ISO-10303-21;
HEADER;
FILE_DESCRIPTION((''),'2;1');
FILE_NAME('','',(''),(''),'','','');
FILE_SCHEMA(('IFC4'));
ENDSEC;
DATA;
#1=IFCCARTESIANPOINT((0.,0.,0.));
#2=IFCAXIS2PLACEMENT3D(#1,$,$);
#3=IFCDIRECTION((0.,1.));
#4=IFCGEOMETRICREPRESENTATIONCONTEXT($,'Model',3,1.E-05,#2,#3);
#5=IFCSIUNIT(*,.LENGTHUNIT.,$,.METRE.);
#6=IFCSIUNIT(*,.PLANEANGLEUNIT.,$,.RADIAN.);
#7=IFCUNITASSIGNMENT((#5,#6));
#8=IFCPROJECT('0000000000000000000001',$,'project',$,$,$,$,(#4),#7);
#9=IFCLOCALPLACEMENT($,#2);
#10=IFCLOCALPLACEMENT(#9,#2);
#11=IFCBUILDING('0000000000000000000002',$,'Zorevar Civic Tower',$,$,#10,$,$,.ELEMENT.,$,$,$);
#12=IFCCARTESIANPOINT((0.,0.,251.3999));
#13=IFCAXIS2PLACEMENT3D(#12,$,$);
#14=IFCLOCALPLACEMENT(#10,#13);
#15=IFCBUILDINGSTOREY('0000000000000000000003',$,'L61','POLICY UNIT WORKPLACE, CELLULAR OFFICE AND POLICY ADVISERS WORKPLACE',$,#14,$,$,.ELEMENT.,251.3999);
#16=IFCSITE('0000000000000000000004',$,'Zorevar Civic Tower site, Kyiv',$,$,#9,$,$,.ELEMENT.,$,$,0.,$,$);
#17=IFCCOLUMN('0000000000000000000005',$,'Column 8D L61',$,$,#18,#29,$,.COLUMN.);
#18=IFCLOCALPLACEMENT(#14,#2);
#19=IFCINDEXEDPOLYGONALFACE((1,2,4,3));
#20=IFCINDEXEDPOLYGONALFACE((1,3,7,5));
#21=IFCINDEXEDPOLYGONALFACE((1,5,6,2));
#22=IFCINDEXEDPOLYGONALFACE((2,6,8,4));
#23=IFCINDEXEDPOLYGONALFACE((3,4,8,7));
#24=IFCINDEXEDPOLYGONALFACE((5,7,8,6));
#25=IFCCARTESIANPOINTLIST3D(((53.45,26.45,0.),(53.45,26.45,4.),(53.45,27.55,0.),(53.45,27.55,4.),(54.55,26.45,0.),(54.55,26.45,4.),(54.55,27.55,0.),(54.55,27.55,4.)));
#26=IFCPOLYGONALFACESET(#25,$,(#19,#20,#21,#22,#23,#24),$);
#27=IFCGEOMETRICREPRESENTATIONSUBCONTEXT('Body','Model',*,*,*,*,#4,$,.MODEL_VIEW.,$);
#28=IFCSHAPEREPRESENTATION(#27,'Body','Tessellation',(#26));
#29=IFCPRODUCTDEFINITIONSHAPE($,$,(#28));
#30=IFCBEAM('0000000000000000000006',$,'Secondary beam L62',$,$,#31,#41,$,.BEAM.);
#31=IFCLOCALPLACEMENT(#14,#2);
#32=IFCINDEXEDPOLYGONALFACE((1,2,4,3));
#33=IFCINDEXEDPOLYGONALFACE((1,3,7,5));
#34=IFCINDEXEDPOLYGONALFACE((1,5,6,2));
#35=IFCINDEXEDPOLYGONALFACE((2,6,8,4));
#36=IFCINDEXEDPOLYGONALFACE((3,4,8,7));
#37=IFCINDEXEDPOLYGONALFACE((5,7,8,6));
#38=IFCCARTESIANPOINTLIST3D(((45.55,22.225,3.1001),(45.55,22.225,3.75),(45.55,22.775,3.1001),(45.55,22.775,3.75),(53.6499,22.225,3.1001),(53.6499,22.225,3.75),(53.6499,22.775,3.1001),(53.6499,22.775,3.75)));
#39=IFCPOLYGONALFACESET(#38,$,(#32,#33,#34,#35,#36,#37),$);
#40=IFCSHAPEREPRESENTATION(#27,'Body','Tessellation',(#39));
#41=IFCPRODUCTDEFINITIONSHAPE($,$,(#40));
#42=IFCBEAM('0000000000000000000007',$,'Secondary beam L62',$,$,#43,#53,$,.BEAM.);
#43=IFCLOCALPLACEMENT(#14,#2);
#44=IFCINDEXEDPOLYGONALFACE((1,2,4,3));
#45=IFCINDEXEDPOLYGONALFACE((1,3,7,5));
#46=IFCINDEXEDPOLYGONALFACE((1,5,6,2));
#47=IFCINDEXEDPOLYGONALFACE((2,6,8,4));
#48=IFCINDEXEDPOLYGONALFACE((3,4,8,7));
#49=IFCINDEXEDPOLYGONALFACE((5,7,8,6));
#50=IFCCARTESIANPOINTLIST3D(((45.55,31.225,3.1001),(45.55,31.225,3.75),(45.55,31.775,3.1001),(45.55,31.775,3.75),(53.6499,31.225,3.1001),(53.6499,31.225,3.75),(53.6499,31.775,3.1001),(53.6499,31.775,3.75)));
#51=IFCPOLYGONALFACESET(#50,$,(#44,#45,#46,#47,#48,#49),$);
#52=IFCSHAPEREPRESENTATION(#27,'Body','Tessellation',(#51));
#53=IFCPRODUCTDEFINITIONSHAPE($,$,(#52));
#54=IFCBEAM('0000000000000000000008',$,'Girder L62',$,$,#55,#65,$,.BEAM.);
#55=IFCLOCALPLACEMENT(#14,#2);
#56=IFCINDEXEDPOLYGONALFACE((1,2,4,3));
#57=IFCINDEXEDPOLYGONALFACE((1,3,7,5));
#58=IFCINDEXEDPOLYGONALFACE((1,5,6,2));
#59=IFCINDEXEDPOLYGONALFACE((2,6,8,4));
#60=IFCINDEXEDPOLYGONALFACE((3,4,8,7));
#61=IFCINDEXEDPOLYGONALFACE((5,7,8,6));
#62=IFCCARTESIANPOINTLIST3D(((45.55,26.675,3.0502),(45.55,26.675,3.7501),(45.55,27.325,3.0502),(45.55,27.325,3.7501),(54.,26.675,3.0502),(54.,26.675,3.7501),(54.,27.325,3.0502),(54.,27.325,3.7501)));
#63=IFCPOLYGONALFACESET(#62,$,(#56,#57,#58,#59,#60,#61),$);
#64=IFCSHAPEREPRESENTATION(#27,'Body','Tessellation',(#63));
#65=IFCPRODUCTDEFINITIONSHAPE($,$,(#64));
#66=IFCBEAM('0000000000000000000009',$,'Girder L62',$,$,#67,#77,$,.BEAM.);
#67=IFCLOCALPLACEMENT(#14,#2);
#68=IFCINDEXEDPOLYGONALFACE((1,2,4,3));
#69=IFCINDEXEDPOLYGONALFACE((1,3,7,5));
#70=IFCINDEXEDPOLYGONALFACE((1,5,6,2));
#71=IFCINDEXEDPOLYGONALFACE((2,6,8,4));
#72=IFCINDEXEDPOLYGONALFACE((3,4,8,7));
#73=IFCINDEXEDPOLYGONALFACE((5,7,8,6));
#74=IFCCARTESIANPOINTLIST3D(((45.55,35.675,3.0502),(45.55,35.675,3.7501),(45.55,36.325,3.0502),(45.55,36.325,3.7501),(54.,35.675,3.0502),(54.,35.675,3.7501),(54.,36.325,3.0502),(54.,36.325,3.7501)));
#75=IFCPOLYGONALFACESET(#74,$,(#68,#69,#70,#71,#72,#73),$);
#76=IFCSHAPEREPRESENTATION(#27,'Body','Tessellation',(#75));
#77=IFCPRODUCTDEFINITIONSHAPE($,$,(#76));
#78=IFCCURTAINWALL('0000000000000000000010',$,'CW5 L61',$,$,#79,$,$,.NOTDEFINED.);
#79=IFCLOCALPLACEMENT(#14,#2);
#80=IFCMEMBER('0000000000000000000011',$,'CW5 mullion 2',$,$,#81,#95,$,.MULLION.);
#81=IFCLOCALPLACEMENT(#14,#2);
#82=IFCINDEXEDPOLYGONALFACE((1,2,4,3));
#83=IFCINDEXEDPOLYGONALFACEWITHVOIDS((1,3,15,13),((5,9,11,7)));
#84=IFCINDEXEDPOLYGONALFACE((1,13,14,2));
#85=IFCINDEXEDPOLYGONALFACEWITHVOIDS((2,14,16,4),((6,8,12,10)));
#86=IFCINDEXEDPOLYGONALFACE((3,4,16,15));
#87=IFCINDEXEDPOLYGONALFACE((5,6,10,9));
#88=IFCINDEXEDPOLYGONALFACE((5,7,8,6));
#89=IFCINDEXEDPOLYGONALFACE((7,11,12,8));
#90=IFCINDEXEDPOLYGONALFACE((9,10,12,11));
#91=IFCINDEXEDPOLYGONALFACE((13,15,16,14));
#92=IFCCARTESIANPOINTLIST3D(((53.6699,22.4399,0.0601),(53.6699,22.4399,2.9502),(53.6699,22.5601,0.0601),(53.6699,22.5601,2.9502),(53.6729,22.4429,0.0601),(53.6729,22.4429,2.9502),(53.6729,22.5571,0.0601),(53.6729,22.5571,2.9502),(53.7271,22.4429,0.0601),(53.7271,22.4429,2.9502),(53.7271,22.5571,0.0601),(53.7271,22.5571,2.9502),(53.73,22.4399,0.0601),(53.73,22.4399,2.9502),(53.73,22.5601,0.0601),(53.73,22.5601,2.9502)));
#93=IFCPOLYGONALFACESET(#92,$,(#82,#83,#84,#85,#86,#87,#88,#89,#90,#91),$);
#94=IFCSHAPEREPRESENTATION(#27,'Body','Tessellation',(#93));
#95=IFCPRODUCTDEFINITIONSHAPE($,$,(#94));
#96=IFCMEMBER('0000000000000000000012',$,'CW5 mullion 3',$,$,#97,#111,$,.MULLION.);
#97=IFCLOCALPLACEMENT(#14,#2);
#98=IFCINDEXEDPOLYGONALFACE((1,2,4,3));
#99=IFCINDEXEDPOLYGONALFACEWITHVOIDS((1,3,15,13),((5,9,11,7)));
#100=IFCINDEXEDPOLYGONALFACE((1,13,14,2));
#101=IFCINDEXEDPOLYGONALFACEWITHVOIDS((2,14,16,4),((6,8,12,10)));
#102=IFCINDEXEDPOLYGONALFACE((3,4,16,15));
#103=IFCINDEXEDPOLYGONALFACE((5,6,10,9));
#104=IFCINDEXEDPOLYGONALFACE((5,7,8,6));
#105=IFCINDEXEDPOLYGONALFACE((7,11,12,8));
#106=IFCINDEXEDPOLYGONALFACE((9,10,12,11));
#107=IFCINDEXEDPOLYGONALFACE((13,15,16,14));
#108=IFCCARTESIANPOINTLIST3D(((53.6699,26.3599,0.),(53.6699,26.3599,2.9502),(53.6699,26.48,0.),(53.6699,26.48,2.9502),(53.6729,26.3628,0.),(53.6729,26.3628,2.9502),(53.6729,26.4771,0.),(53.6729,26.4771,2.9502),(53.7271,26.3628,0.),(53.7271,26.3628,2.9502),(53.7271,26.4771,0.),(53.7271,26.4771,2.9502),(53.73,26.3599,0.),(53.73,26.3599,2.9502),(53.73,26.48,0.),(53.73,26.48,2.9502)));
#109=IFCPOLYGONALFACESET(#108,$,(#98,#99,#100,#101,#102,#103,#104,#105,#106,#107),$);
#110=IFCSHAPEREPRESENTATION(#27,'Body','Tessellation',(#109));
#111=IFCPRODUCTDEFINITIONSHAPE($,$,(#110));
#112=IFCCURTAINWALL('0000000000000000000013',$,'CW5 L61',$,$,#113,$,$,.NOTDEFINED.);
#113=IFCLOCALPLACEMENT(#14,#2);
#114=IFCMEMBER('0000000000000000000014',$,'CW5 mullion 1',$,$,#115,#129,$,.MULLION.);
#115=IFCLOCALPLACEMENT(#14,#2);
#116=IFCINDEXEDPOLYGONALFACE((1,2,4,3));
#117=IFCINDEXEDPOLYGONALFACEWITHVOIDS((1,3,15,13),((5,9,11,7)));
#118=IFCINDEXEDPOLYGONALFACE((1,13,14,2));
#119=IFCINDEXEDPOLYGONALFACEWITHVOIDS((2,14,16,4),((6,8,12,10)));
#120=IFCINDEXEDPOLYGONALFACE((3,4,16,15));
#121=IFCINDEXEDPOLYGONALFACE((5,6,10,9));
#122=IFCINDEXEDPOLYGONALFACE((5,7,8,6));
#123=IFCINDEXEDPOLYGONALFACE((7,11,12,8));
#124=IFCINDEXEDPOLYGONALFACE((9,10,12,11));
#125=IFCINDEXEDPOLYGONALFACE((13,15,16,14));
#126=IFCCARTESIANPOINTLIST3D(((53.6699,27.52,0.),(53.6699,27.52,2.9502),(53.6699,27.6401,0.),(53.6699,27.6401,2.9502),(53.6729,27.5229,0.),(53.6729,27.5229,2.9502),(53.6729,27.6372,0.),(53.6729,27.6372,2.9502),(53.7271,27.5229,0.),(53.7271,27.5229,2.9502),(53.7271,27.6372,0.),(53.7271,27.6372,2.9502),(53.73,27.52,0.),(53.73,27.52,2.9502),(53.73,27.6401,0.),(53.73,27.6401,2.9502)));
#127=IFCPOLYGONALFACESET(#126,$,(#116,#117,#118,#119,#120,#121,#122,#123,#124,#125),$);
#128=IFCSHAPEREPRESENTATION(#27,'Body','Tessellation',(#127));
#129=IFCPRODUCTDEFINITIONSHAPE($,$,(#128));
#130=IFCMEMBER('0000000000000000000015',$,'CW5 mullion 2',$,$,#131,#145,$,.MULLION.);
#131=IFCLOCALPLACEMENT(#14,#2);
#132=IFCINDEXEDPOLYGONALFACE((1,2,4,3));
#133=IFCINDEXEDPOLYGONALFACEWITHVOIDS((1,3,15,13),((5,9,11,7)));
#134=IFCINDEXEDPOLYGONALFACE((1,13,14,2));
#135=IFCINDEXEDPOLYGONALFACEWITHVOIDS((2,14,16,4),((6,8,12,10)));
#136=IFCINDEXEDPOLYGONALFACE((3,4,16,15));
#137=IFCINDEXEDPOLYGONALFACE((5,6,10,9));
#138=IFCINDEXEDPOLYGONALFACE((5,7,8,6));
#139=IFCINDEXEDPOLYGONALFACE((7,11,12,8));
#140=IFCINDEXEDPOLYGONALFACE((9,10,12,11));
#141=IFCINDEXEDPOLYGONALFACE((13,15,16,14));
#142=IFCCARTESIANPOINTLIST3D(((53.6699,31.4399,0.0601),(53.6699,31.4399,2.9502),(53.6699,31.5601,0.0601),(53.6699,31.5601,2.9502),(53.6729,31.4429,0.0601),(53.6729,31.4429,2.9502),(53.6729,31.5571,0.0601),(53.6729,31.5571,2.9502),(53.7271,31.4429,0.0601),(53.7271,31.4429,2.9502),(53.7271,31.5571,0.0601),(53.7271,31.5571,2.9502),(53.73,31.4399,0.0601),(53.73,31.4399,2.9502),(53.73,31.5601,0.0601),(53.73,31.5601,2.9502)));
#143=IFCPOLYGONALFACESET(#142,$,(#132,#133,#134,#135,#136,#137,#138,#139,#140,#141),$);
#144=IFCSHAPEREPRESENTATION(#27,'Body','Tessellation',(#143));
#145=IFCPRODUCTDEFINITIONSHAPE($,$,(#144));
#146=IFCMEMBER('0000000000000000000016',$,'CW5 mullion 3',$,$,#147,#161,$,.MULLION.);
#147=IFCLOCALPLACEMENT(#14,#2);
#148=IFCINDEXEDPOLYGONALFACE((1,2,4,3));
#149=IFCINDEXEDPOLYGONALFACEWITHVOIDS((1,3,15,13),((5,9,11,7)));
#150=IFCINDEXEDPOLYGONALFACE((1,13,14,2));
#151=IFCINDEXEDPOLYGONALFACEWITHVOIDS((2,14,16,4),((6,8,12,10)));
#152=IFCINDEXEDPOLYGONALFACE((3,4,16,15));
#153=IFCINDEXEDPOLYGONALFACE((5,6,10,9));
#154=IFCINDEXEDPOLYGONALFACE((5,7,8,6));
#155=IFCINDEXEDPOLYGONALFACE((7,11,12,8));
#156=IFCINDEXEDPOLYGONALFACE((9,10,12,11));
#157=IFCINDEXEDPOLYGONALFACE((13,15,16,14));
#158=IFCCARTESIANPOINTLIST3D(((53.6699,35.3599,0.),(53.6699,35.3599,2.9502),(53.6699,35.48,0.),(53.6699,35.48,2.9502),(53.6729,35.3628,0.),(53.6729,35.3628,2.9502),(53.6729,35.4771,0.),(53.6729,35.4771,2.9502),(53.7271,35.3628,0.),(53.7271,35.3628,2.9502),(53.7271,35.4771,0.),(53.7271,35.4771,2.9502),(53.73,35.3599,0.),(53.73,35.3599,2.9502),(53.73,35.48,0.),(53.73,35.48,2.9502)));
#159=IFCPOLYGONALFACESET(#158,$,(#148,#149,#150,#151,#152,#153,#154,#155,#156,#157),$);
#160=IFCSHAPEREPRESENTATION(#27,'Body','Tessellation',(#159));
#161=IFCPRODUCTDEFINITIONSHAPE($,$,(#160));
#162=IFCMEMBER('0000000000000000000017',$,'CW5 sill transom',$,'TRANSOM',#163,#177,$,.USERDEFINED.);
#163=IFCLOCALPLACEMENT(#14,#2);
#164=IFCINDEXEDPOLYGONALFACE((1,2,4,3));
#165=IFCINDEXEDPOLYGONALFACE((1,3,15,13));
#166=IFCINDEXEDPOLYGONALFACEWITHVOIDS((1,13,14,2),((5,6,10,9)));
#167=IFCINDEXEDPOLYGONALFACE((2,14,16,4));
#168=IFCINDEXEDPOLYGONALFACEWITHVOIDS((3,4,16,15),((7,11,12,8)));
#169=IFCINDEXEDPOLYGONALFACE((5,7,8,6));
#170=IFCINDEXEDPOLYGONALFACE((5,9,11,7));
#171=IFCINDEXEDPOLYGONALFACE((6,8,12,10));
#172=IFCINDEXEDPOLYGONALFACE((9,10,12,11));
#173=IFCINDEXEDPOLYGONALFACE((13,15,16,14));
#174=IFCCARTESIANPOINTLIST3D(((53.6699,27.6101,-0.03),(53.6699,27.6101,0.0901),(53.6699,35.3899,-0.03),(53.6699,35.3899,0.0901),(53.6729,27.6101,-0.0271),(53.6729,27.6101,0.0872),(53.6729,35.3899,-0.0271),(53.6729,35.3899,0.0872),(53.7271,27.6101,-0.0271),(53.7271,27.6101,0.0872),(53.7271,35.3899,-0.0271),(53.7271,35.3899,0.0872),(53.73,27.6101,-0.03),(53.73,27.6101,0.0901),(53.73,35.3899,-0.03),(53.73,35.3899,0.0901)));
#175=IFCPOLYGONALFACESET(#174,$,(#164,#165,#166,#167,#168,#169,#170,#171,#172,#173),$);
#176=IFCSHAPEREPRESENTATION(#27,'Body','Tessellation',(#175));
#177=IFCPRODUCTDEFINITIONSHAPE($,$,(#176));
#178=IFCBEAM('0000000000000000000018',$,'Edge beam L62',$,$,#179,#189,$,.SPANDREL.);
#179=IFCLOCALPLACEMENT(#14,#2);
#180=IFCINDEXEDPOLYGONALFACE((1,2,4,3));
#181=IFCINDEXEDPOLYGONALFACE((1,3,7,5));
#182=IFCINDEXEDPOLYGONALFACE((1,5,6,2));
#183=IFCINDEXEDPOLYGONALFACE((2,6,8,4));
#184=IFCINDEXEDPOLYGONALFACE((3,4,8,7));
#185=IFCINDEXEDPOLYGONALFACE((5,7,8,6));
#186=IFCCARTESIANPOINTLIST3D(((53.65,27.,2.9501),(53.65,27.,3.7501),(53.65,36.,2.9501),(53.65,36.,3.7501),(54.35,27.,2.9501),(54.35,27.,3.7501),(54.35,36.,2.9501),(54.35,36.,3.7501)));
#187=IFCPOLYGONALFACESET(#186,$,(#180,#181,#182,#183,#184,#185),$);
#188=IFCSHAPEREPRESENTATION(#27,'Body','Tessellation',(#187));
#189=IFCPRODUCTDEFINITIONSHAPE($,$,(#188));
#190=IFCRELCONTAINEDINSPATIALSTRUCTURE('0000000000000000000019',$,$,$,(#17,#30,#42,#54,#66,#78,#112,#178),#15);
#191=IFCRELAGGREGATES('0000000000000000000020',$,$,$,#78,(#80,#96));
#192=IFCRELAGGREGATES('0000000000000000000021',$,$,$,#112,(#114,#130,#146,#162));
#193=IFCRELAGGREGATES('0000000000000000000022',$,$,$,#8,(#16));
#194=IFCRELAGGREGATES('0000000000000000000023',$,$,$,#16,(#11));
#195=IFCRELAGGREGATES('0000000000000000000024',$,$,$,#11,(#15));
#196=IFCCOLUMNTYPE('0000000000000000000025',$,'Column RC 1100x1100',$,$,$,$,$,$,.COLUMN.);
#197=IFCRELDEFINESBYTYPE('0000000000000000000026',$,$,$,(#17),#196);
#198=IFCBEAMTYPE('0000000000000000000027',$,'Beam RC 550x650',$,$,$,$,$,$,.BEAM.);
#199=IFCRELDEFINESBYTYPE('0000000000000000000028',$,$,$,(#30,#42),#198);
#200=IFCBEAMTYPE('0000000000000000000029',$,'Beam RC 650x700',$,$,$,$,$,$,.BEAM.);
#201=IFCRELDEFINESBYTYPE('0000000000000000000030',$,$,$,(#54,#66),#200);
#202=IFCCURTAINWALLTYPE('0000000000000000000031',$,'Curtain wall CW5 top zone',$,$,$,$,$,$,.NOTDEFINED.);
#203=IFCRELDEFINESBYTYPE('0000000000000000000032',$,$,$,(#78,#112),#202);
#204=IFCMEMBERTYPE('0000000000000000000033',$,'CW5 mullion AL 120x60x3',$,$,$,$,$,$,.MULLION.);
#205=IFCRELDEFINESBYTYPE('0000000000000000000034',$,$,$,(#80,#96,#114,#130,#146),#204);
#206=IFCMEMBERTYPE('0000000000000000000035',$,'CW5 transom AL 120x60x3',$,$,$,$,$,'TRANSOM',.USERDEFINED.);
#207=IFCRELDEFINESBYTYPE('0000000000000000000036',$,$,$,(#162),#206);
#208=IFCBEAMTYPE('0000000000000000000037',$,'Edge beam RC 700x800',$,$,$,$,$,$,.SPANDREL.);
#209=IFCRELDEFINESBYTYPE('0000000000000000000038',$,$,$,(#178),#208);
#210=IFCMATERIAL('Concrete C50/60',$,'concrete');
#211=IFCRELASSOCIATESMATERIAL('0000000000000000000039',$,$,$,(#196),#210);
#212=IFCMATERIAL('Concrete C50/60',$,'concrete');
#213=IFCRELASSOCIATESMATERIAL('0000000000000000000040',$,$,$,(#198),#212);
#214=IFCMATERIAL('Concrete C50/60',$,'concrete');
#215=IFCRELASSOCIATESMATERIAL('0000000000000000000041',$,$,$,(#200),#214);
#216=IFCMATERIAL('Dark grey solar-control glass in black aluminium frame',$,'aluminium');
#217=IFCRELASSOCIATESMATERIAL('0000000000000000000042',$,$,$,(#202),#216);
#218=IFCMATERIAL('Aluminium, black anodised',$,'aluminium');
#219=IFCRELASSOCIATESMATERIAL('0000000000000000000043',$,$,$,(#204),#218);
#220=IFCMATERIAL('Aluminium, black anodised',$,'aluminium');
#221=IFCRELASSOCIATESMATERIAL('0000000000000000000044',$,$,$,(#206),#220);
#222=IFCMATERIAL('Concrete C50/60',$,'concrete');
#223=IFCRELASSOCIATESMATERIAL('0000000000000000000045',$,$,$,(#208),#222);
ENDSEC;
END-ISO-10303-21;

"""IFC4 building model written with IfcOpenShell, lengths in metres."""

from ifc_helpers import new_model, si_unit, direction, frame, origin, origin_2d, place, context, subcontext, project, spatial, rectangle, hollow_rectangle, extrude, material, material_profile, profile_set, type_object, element, aggregate, save


model = new_model("IFC4")

# Units and contexts
model_context = context("Model", 3, precision=1e-05, world=origin(), true_north=direction((0.0, 1.0)))
body_context = subcontext(model_context, "Body", "Model", "MODEL_VIEW")
ifc_project = project(units=[si_unit("LENGTHUNIT", "METRE"), si_unit("PLANEANGLEUNIT", "RADIAN")], contexts=[model_context])

# Site, building, storey
site_placement = place(None, origin())
site = spatial("IfcSite", under=ifc_project, at=site_placement, Name="Zorevar Civic Tower site, Kyiv", CompositionType="ELEMENT", RefElevation=0.0)
building_placement = place(site_placement, origin())
building = spatial("IfcBuilding", under=site, at=building_placement, Name="Zorevar Civic Tower", CompositionType="ELEMENT")
storey_placement = place(building_placement, frame((0.0, 0.0, 251.3999)))
storey = spatial("IfcBuildingStorey", under=building, at=storey_placement, Name="L61", Description="POLICY UNIT WORKPLACE, CELLULAR OFFICE AND POLICY ADVISERS WORKPLACE", CompositionType="ELEMENT", Elevation=251.3999)

# Column
ifc_material_1 = material(Name="Concrete C50/60", Category="concrete")
ifc_material_profile_1 = material_profile(ifc_material_1, rectangle(XDim=1.1001, YDim=1.1001, at=origin_2d()), Name="RC 1100x1100")
ifc_profile_set_1 = profile_set([ifc_material_profile_1], Name="Concrete C50/60")
column_type = type_object("IfcColumnType", Name="Column RC 1100x1100", PredefinedType="COLUMN", material=ifc_profile_set_1)
column_placement = place(storey_placement, frame((54.0, 27.0, 0.0), z_axis=(0.0, 0.0, 1.0), x_axis=(1.0, 0.0, 0.0)))
element("IfcColumn", 1, at=column_placement, inside=storey, type_object=column_type, Name="Column 8D L61", PredefinedType="COLUMN", context=body_context, shape_type="SweptSolid", body=[
    extrude(rectangle(XDim=1.1001, YDim=1.1001, at=origin_2d()), origin(), (0.0, 0.0, 1.0), 4.0),
])

# Beams
ifc_material_2 = material(Name="Concrete C50/60", Category="concrete")
ifc_material_profile_2 = material_profile(ifc_material_2, rectangle(XDim=0.55, YDim=0.6499, at=origin_2d()), Name="RC 550x650")
ifc_profile_set_2 = profile_set([ifc_material_profile_2], Name="Concrete C50/60")
beam_type_1 = type_object("IfcBeamType", Name="Beam RC 550x650", PredefinedType="BEAM", material=ifc_profile_set_2)
for number, where, z_axis, x_axis, name in (
    (2, (45.55, 22.5, 3.425), (1.0, 0.0, 0.0), (0.0, 1.0, 0.0), "Secondary beam L62"),
    (3, (45.55, 31.5, 3.425), (1.0, 0.0, 0.0), (0.0, 1.0, 0.0), "Secondary beam L62"),
):
    element("IfcBeam", number, at=place(storey_placement, frame(where, z_axis=z_axis, x_axis=x_axis)), inside=storey, type_object=beam_type_1, Name=name, PredefinedType="BEAM", context=body_context, shape_type="SweptSolid", body=[
        extrude(rectangle(XDim=0.55, YDim=0.6499, at=origin_2d()), origin(), (0.0, 0.0, 1.0), 8.0999),
    ])
ifc_material_3 = material(Name="Concrete C50/60", Category="concrete")
ifc_material_profile_3 = material_profile(ifc_material_3, rectangle(XDim=0.6499, YDim=0.7, at=origin_2d()), Name="RC 650x700")
ifc_profile_set_3 = profile_set([ifc_material_profile_3], Name="Concrete C50/60")
beam_type_2 = type_object("IfcBeamType", Name="Beam RC 650x700", PredefinedType="BEAM", material=ifc_profile_set_3)
for number, where, z_axis, x_axis, name in (
    (4, (45.55, 27.0, 3.4001), (1.0, 0.0, 0.0), (0.0, 1.0, 0.0), "Girder L62"),
    (5, (45.55, 36.0, 3.4001), (1.0, 0.0, 0.0), (0.0, 1.0, 0.0), "Girder L62"),
):
    element("IfcBeam", number, at=place(storey_placement, frame(where, z_axis=z_axis, x_axis=x_axis)), inside=storey, type_object=beam_type_2, Name=name, PredefinedType="BEAM", context=body_context, shape_type="SweptSolid", body=[
        extrude(rectangle(XDim=0.6499, YDim=0.7, at=origin_2d()), origin(), (0.0, 0.0, 1.0), 8.45),
    ])

# Curtain walls, members
ifc_material_4 = material(Name="Dark grey solar-control glass in black aluminium frame", Category="aluminium")
curtain_wall_type = type_object("IfcCurtainWallType", Name="Curtain wall CW5 top zone", PredefinedType="NOTDEFINED", material=ifc_material_4)
curtain_wall_1_placement = place(storey_placement, origin())
curtain_wall_1 = element("IfcCurtainWall", 6, at=curtain_wall_1_placement, inside=storey, type_object=curtain_wall_type, Name="CW5 L61", PredefinedType="NOTDEFINED")
ifc_material_5 = material(Name="Aluminium, black anodised", Category="aluminium")
ifc_material_profile_4 = material_profile(ifc_material_5, hollow_rectangle(XDim=0.0601, YDim=0.1201, WallThickness=0.0029, at=origin_2d()), Name="AL 120x60x3")
ifc_profile_set_4 = profile_set([ifc_material_profile_4], Name="Aluminium, black anodised")
member_type_1 = type_object("IfcMemberType", Name="CW5 mullion AL 120x60x3", PredefinedType="MULLION", material=ifc_profile_set_4)
member_1_placement = place(storey_placement, frame((53.7, 22.5, 0.0601), z_axis=(0.0, 0.0, 1.0), x_axis=(-1.0, 0.0, 0.0)))
member_1 = element("IfcMember", 7, at=member_1_placement, type_object=member_type_1, Name="CW5 mullion 2", PredefinedType="MULLION", context=body_context, shape_type="SweptSolid", body=[
    extrude(hollow_rectangle(XDim=0.0601, YDim=0.1201, WallThickness=0.0029, at=origin_2d()), origin(), (0.0, 0.0, 1.0), 2.8901),
])
member_2_placement = place(storey_placement, frame((53.7, 26.4199, 0.0), z_axis=(0.0, 0.0, 1.0), x_axis=(-1.0, 0.0, 0.0)))
member_2 = element("IfcMember", 8, at=member_2_placement, type_object=member_type_1, Name="CW5 mullion 3", PredefinedType="MULLION", context=body_context, shape_type="SweptSolid", body=[
    extrude(hollow_rectangle(XDim=0.0601, YDim=0.1201, WallThickness=0.0029, at=origin_2d()), origin(), (0.0, 0.0, 1.0), 2.9502),
])
curtain_wall_2_placement = place(storey_placement, origin())
curtain_wall_2 = element("IfcCurtainWall", 9, at=curtain_wall_2_placement, inside=storey, type_object=curtain_wall_type, Name="CW5 L61", PredefinedType="NOTDEFINED")
member_3_placement = place(storey_placement, frame((53.7, 27.5801, 0.0), z_axis=(0.0, 0.0, 1.0), x_axis=(-1.0, 0.0, 0.0)))
member_3 = element("IfcMember", 10, at=member_3_placement, type_object=member_type_1, Name="CW5 mullion 1", PredefinedType="MULLION", context=body_context, shape_type="SweptSolid", body=[
    extrude(hollow_rectangle(XDim=0.0601, YDim=0.1201, WallThickness=0.0029, at=origin_2d()), origin(), (0.0, 0.0, 1.0), 2.9502),
])
member_4_placement = place(storey_placement, frame((53.7, 31.5, 0.0601), z_axis=(0.0, 0.0, 1.0), x_axis=(-1.0, 0.0, 0.0)))
member_4 = element("IfcMember", 11, at=member_4_placement, type_object=member_type_1, Name="CW5 mullion 2", PredefinedType="MULLION", context=body_context, shape_type="SweptSolid", body=[
    extrude(hollow_rectangle(XDim=0.0601, YDim=0.1201, WallThickness=0.0029, at=origin_2d()), origin(), (0.0, 0.0, 1.0), 2.8901),
])
member_5_placement = place(storey_placement, frame((53.7, 35.4199, 0.0), z_axis=(0.0, 0.0, 1.0), x_axis=(-1.0, 0.0, 0.0)))
member_5 = element("IfcMember", 12, at=member_5_placement, type_object=member_type_1, Name="CW5 mullion 3", PredefinedType="MULLION", context=body_context, shape_type="SweptSolid", body=[
    extrude(hollow_rectangle(XDim=0.0601, YDim=0.1201, WallThickness=0.0029, at=origin_2d()), origin(), (0.0, 0.0, 1.0), 2.9502),
])
ifc_material_6 = material(Name="Aluminium, black anodised", Category="aluminium")
ifc_material_profile_5 = material_profile(ifc_material_6, hollow_rectangle(XDim=0.0601, YDim=0.1201, WallThickness=0.0029, at=origin_2d()), Name="AL 120x60x3")
ifc_profile_set_5 = profile_set([ifc_material_profile_5], Name="Aluminium, black anodised")
member_type_2 = type_object("IfcMemberType", Name="CW5 transom AL 120x60x3", ElementType="TRANSOM", PredefinedType="USERDEFINED", material=ifc_profile_set_5)
member_6_placement = place(storey_placement, frame((53.7, 27.6101, 0.03), z_axis=(0.0, 1.0, 0.0), x_axis=(-1.0, 0.0, 0.0)))
member_6 = element("IfcMember", 13, at=member_6_placement, type_object=member_type_2, Name="CW5 sill transom", ObjectType="TRANSOM", PredefinedType="USERDEFINED", context=body_context, shape_type="SweptSolid", body=[
    extrude(hollow_rectangle(XDim=0.0601, YDim=0.1201, WallThickness=0.0029, at=origin_2d()), origin(), (0.0, 0.0, 1.0), 7.7798),
])

# Beam
ifc_material_7 = material(Name="Concrete C50/60", Category="concrete")
ifc_material_profile_6 = material_profile(ifc_material_7, rectangle(XDim=0.7, YDim=0.8, at=origin_2d()), Name="RC 700x800")
ifc_profile_set_6 = profile_set([ifc_material_profile_6], Name="Concrete C50/60")
beam_type_3 = type_object("IfcBeamType", Name="Edge beam RC 700x800", PredefinedType="SPANDREL", material=ifc_profile_set_6)
beam_placement = place(storey_placement, frame((54.0, 27.0, 3.3501), z_axis=(0.0, 1.0, 0.0), x_axis=(-1.0, 0.0, 0.0)))
element("IfcBeam", 14, at=beam_placement, inside=storey, type_object=beam_type_3, Name="Edge beam L62", PredefinedType="SPANDREL", context=body_context, shape_type="SweptSolid", body=[
    extrude(rectangle(XDim=0.7, YDim=0.8, at=origin_2d()), origin(), (0.0, 0.0, 1.0), 9.0),
])

aggregate(curtain_wall_1, [member_1, member_2])
aggregate(curtain_wall_2, [member_3, member_4, member_5, member_6])

save(model, "model.ifc")
